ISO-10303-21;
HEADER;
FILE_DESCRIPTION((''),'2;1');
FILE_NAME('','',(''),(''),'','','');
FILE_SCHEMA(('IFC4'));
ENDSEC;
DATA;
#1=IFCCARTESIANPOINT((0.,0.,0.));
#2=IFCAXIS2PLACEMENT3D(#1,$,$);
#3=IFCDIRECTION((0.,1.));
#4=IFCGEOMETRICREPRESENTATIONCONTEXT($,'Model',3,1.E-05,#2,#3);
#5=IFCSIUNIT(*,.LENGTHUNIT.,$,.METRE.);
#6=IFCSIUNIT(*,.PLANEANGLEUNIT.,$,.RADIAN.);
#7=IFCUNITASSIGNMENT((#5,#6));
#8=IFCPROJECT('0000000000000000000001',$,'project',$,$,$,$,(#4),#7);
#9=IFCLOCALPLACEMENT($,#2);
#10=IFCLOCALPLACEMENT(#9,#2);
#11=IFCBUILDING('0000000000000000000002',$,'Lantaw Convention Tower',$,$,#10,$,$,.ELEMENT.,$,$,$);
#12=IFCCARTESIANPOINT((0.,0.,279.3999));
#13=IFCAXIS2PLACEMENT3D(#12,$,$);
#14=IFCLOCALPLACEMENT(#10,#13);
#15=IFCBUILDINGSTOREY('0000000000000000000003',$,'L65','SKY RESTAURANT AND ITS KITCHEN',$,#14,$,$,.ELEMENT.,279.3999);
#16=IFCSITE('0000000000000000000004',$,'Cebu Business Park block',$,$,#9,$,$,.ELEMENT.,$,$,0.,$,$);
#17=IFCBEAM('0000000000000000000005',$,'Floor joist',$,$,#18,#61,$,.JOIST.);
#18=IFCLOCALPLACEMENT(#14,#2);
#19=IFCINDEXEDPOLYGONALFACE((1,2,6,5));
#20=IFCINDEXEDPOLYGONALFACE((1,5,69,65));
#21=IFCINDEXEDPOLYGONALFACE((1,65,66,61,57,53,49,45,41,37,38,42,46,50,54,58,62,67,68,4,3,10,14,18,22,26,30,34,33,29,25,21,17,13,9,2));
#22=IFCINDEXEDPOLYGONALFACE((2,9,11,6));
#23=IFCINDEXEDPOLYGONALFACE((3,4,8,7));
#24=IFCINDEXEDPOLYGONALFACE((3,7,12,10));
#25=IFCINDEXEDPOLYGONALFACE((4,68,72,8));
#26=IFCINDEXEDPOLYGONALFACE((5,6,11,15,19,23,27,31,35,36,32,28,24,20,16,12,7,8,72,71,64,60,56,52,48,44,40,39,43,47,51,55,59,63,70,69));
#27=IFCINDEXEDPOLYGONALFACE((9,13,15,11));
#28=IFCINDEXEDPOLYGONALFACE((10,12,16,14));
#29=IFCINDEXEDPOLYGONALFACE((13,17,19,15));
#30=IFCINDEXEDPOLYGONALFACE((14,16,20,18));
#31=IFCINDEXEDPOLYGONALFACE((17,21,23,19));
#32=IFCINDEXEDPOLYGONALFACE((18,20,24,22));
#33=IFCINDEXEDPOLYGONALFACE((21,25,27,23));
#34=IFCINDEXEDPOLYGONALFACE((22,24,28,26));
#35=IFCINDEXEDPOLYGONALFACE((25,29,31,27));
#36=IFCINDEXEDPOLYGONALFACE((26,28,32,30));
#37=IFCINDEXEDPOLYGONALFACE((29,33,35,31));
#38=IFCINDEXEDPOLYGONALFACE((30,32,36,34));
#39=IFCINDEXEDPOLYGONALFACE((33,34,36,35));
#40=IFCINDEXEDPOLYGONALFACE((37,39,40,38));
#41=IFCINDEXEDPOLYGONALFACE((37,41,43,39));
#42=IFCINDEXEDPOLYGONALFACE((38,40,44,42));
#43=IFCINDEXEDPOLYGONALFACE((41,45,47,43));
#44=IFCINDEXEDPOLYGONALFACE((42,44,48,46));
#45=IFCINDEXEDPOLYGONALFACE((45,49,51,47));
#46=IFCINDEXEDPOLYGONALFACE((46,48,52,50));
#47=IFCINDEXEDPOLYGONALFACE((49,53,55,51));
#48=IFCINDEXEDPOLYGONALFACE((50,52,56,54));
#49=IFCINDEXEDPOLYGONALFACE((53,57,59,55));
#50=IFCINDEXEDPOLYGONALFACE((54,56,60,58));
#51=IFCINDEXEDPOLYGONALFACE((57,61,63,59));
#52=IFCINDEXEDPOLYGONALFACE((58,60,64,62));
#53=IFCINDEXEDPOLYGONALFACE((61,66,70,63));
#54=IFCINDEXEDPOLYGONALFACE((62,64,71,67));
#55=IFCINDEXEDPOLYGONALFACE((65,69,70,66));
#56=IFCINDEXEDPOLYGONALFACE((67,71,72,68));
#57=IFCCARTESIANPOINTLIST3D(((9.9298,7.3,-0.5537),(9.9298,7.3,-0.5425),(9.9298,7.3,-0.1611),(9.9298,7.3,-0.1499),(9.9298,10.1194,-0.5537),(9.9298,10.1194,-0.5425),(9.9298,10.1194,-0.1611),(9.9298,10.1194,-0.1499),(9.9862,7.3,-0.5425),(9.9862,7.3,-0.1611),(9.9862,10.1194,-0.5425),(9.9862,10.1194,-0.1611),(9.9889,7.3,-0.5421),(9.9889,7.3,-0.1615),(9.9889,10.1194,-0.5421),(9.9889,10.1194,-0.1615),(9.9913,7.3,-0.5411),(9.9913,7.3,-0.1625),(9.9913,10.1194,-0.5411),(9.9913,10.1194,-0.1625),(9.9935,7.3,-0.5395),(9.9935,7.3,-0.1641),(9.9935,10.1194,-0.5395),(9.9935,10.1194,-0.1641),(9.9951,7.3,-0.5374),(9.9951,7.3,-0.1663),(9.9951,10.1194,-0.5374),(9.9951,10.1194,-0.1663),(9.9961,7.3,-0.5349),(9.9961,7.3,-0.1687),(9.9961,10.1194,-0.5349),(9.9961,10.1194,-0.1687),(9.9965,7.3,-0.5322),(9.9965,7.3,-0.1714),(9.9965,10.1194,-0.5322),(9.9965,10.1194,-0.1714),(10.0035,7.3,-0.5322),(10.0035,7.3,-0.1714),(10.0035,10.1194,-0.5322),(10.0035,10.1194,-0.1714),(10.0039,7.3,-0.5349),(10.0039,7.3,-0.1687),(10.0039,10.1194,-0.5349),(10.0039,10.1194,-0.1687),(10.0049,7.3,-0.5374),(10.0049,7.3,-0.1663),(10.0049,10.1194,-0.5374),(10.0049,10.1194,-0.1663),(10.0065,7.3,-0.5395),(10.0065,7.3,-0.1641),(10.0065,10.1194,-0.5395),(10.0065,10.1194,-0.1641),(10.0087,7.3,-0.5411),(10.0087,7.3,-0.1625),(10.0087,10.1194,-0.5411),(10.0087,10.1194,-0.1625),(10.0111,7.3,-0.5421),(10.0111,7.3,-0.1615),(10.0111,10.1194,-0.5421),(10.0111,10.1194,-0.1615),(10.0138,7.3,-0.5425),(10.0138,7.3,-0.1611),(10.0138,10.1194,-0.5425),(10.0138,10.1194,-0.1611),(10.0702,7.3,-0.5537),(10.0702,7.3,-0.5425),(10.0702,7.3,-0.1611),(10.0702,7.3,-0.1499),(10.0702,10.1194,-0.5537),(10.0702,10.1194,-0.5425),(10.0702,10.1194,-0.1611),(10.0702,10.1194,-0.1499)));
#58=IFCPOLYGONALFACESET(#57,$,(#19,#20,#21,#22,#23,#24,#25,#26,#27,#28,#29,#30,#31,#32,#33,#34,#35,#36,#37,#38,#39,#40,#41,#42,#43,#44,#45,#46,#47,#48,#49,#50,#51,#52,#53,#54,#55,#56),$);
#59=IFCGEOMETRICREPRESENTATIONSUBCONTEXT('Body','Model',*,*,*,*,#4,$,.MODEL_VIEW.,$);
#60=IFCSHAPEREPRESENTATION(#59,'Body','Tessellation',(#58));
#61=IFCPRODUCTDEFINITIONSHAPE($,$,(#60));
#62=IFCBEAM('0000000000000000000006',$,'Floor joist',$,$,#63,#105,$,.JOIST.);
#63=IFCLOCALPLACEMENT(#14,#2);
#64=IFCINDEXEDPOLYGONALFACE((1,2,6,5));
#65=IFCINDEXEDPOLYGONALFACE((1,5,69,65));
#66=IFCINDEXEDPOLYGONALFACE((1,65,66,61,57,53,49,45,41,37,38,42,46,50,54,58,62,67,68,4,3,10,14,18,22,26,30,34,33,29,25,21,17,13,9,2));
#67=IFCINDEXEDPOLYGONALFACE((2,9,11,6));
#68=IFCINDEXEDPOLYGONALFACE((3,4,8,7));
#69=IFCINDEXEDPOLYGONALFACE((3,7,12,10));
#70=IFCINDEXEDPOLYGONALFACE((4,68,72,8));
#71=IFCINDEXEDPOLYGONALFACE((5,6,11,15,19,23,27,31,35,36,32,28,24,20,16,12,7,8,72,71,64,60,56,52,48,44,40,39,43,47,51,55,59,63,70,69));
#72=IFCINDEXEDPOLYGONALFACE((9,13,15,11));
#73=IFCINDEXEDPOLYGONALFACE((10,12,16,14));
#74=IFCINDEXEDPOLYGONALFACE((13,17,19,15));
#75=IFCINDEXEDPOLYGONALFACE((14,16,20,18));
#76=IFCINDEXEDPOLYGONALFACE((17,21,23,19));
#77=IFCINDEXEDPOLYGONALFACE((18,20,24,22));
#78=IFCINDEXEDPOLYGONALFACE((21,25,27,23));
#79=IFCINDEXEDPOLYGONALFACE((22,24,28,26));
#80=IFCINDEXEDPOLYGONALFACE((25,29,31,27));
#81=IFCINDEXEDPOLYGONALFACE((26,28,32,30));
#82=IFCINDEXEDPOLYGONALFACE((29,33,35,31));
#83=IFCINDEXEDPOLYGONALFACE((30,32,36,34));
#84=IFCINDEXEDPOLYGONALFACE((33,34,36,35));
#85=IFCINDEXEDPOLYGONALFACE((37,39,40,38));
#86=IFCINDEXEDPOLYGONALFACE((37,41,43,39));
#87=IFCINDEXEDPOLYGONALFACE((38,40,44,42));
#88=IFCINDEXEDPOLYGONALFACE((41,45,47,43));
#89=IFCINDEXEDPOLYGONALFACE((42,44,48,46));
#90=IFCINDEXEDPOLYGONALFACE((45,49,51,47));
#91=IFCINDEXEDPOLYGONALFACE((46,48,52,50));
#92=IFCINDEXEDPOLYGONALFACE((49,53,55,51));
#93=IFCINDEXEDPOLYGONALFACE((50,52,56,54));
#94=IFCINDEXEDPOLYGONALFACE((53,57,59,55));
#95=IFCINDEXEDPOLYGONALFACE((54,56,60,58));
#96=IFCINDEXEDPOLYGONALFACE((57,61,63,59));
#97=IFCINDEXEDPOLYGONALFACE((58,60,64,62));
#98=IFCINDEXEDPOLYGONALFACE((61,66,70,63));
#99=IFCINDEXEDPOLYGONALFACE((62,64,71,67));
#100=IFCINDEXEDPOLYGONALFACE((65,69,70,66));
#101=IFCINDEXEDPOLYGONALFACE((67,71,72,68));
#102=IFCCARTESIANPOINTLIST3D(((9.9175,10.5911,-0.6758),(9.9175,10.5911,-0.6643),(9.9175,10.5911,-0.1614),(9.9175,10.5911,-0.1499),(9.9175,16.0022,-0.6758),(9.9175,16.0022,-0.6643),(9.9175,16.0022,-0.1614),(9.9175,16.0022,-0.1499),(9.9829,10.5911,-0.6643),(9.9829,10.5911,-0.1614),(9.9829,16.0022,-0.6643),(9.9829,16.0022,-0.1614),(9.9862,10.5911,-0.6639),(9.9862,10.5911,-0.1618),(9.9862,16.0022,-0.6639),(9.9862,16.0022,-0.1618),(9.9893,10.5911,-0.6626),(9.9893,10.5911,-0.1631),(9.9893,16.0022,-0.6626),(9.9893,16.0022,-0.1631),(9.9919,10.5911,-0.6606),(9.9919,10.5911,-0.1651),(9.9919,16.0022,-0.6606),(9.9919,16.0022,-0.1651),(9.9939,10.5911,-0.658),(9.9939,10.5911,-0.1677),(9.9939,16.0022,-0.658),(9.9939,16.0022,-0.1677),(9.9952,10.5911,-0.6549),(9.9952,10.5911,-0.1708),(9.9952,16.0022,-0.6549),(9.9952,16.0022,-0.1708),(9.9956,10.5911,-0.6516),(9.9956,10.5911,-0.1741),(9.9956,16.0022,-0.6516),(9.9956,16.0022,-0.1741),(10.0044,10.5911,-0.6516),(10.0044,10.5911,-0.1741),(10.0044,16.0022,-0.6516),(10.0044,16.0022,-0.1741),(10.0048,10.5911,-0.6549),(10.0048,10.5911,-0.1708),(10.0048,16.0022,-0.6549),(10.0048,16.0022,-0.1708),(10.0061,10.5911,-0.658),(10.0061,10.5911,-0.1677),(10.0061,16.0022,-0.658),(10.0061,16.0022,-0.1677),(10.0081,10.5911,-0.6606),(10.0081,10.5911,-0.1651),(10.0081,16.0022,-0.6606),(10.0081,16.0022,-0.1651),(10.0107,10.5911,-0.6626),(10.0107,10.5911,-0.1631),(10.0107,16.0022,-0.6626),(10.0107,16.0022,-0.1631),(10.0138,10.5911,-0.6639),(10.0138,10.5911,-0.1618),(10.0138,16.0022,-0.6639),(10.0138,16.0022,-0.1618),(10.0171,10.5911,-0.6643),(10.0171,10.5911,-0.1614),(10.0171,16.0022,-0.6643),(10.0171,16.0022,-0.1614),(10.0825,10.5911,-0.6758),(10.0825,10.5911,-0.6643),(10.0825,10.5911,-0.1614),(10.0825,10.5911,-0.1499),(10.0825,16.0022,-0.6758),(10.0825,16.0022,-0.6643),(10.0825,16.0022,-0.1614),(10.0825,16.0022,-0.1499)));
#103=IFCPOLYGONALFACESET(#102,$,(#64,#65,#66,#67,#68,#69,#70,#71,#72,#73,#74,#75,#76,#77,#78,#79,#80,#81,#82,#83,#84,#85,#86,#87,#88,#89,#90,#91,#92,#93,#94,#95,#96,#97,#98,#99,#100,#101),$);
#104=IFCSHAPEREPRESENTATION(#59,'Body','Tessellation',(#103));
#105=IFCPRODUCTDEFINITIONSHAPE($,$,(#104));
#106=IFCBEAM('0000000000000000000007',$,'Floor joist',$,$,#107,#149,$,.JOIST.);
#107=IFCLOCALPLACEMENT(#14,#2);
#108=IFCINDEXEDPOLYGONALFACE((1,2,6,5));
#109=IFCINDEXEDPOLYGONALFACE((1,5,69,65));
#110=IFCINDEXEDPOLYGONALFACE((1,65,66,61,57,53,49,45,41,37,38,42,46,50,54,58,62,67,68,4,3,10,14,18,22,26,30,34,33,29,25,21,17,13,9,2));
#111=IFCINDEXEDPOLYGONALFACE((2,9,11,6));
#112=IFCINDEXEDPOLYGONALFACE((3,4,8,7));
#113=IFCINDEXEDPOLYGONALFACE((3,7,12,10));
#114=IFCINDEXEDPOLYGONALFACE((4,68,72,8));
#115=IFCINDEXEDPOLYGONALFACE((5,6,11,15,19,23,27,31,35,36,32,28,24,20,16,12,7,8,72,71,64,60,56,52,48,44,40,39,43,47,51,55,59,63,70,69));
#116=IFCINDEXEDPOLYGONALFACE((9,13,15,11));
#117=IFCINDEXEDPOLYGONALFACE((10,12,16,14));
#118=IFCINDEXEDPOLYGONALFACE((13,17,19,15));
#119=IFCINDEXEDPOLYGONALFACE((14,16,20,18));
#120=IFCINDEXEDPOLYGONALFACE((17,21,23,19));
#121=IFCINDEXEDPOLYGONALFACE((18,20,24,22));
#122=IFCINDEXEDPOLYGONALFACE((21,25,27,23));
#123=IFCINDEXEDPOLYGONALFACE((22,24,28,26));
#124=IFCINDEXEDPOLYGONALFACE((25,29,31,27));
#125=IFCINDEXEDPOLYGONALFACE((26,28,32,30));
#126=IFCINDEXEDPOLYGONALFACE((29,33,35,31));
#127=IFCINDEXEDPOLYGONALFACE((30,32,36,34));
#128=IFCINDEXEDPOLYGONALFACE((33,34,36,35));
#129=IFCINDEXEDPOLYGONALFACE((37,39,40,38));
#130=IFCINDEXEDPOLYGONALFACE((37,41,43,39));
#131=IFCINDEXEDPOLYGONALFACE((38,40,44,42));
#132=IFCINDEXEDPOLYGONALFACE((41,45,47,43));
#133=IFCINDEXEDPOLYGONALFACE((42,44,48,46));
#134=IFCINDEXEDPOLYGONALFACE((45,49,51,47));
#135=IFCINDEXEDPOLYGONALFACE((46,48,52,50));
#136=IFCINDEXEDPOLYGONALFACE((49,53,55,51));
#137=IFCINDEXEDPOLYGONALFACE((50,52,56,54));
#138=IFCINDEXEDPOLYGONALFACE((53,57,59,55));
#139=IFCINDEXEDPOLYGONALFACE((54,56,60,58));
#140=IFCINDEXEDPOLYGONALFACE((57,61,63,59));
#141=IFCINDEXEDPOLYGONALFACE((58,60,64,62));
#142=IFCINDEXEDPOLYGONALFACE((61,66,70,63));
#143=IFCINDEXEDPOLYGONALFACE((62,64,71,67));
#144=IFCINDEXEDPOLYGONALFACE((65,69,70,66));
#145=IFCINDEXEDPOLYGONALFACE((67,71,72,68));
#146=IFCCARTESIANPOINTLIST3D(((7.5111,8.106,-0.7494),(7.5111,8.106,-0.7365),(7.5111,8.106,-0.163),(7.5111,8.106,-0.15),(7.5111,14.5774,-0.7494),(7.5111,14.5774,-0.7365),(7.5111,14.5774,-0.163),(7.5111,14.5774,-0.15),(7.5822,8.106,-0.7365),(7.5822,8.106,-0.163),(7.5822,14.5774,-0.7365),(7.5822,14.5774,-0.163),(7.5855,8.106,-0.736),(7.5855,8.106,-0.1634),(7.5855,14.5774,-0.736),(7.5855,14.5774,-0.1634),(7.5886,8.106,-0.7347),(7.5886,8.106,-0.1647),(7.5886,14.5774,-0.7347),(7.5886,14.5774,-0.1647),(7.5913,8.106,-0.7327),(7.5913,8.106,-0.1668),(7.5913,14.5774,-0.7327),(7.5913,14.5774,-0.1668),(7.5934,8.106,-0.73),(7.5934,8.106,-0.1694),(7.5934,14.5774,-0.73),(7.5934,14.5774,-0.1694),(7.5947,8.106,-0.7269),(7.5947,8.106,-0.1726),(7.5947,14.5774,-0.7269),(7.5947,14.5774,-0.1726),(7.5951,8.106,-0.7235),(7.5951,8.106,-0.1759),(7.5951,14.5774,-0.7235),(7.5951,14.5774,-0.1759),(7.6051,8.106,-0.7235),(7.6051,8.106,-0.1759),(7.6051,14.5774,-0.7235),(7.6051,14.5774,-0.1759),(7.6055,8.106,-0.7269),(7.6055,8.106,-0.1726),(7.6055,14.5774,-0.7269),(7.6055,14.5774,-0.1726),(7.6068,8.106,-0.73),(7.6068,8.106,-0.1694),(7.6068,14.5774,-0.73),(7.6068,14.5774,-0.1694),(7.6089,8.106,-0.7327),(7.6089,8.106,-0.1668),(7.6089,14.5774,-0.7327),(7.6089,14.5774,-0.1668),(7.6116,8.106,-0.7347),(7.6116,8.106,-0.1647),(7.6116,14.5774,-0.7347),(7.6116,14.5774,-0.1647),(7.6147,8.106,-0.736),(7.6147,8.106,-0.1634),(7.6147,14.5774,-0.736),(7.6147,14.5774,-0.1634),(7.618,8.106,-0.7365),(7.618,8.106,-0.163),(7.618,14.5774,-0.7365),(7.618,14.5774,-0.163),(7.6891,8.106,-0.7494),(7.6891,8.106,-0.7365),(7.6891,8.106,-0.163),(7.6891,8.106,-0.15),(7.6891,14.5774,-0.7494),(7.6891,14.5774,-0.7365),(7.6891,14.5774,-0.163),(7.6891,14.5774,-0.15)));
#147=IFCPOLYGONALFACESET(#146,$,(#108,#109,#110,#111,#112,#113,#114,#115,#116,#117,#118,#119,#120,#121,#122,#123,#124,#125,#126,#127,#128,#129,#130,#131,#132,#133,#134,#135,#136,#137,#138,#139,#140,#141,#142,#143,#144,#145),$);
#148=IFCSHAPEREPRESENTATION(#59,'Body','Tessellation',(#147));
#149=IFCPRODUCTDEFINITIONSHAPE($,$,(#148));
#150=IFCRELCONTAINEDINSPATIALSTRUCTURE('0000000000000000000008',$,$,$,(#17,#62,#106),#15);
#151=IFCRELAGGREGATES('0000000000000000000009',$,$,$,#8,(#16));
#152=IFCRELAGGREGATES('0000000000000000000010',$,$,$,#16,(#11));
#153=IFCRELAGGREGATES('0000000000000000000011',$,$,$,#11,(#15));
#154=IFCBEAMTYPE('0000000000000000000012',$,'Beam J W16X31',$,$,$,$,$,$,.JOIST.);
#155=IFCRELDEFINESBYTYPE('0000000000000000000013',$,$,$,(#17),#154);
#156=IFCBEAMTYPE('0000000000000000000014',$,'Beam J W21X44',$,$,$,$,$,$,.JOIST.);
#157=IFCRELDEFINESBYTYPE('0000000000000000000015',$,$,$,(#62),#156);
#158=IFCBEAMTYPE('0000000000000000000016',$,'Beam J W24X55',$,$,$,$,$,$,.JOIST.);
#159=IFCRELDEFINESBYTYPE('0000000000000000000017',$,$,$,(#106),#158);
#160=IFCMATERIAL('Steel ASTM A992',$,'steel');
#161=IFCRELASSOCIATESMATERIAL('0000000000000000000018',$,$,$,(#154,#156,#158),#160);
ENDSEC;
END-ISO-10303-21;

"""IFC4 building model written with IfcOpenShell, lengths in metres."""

from ifc_helpers import new_model, si_unit, direction, frame, origin, origin_2d, place, context, subcontext, project, spatial, i_section, extrude, material, material_profile, profile_set, type_object, element, save


model = new_model("IFC4")

# Units and contexts
model_context = context("Model", 3, precision=1e-05, world=origin(), true_north=direction((0.0, 1.0)))
body_context = subcontext(model_context, "Body", "Model", "MODEL_VIEW")
ifc_project = project(units=[si_unit("LENGTHUNIT", "METRE"), si_unit("PLANEANGLEUNIT", "RADIAN")], contexts=[model_context])

# Site, building, storey
site_placement = place(None, origin())
site = spatial("IfcSite", under=ifc_project, at=site_placement, Name="Cebu Business Park block", CompositionType="ELEMENT", RefElevation=0.0)
building_placement = place(site_placement, origin())
building = spatial("IfcBuilding", under=site, at=building_placement, Name="Lantaw Convention Tower", CompositionType="ELEMENT")
storey_placement = place(building_placement, frame((0.0, 0.0, 279.3999)))
storey = spatial("IfcBuildingStorey", under=building, at=storey_placement, Name="L65", Description="SKY RESTAURANT AND ITS KITCHEN", CompositionType="ELEMENT", Elevation=279.3999)

# Beams
ifc_material_1 = material(Name="Steel ASTM A992", Category="steel")
ifc_material_profile_1 = material_profile(ifc_material_1, i_section(OverallWidth=0.1404, OverallDepth=0.4038, WebThickness=0.0071, FlangeThickness=0.0112, FilletRadius=0.0103, at=origin_2d()), Name="W16X31")
ifc_profile_set_1 = profile_set([ifc_material_profile_1], Name="Steel ASTM A992")
beam_type_1 = type_object("IfcBeamType", Name="Beam J W16X31", PredefinedType="JOIST", material=ifc_profile_set_1)
beam_1_placement = place(storey_placement, frame((10.0, 7.3, -0.3518), z_axis=(0.0, 1.0, 0.0), x_axis=(-1.0, 0.0, 0.0)))
element("IfcBeam", 1, at=beam_1_placement, inside=storey, type_object=beam_type_1, Name="Floor joist", PredefinedType="JOIST", context=body_context, shape_type="SweptSolid", body=[
    extrude(i_section(OverallWidth=0.1404, OverallDepth=0.4038, WebThickness=0.0071, FlangeThickness=0.0112, FilletRadius=0.0103, at=origin_2d()), origin(), (0.0, 0.0, 1.0), 2.8193),
])
ifc_material_profile_2 = material_profile(ifc_material_1, i_section(OverallWidth=0.165, OverallDepth=0.5259, WebThickness=0.0088, FlangeThickness=0.0115, FilletRadius=0.0127, at=origin_2d()), Name="W21X44")
ifc_profile_set_2 = profile_set([ifc_material_profile_2], Name="Steel ASTM A992")
beam_type_2 = type_object("IfcBeamType", Name="Beam J W21X44", PredefinedType="JOIST", material=ifc_profile_set_2)
beam_2_placement = place(storey_placement, frame((10.0, 10.5911, -0.4128), z_axis=(0.0, 1.0, 0.0), x_axis=(-1.0, 0.0, 0.0)))
element("IfcBeam", 2, at=beam_2_placement, inside=storey, type_object=beam_type_2, Name="Floor joist", PredefinedType="JOIST", context=body_context, shape_type="SweptSolid", body=[
    extrude(i_section(OverallWidth=0.165, OverallDepth=0.5259, WebThickness=0.0088, FlangeThickness=0.0115, FilletRadius=0.0127, at=origin_2d()), origin(), (0.0, 0.0, 1.0), 5.4111),
])
ifc_material_profile_3 = material_profile(ifc_material_1, i_section(OverallWidth=0.178, OverallDepth=0.5994, WebThickness=0.01, FlangeThickness=0.0129, FilletRadius=0.0129, at=origin_2d()), Name="W24X55")
ifc_profile_set_3 = profile_set([ifc_material_profile_3], Name="Steel ASTM A992")
beam_type_3 = type_object("IfcBeamType", Name="Beam J W24X55", PredefinedType="JOIST", material=ifc_profile_set_3)
beam_3_placement = place(storey_placement, frame((7.6001, 8.106, -0.4497), z_axis=(0.0, 1.0, 0.0), x_axis=(-1.0, 0.0, 0.0)))
element("IfcBeam", 3, at=beam_3_placement, inside=storey, type_object=beam_type_3, Name="Floor joist", PredefinedType="JOIST", context=body_context, shape_type="SweptSolid", body=[
    extrude(i_section(OverallWidth=0.178, OverallDepth=0.5994, WebThickness=0.01, FlangeThickness=0.0129, FilletRadius=0.0129, at=origin_2d()), origin(), (0.0, 0.0, 1.0), 6.4714),
])

save(model, "model.ifc")
